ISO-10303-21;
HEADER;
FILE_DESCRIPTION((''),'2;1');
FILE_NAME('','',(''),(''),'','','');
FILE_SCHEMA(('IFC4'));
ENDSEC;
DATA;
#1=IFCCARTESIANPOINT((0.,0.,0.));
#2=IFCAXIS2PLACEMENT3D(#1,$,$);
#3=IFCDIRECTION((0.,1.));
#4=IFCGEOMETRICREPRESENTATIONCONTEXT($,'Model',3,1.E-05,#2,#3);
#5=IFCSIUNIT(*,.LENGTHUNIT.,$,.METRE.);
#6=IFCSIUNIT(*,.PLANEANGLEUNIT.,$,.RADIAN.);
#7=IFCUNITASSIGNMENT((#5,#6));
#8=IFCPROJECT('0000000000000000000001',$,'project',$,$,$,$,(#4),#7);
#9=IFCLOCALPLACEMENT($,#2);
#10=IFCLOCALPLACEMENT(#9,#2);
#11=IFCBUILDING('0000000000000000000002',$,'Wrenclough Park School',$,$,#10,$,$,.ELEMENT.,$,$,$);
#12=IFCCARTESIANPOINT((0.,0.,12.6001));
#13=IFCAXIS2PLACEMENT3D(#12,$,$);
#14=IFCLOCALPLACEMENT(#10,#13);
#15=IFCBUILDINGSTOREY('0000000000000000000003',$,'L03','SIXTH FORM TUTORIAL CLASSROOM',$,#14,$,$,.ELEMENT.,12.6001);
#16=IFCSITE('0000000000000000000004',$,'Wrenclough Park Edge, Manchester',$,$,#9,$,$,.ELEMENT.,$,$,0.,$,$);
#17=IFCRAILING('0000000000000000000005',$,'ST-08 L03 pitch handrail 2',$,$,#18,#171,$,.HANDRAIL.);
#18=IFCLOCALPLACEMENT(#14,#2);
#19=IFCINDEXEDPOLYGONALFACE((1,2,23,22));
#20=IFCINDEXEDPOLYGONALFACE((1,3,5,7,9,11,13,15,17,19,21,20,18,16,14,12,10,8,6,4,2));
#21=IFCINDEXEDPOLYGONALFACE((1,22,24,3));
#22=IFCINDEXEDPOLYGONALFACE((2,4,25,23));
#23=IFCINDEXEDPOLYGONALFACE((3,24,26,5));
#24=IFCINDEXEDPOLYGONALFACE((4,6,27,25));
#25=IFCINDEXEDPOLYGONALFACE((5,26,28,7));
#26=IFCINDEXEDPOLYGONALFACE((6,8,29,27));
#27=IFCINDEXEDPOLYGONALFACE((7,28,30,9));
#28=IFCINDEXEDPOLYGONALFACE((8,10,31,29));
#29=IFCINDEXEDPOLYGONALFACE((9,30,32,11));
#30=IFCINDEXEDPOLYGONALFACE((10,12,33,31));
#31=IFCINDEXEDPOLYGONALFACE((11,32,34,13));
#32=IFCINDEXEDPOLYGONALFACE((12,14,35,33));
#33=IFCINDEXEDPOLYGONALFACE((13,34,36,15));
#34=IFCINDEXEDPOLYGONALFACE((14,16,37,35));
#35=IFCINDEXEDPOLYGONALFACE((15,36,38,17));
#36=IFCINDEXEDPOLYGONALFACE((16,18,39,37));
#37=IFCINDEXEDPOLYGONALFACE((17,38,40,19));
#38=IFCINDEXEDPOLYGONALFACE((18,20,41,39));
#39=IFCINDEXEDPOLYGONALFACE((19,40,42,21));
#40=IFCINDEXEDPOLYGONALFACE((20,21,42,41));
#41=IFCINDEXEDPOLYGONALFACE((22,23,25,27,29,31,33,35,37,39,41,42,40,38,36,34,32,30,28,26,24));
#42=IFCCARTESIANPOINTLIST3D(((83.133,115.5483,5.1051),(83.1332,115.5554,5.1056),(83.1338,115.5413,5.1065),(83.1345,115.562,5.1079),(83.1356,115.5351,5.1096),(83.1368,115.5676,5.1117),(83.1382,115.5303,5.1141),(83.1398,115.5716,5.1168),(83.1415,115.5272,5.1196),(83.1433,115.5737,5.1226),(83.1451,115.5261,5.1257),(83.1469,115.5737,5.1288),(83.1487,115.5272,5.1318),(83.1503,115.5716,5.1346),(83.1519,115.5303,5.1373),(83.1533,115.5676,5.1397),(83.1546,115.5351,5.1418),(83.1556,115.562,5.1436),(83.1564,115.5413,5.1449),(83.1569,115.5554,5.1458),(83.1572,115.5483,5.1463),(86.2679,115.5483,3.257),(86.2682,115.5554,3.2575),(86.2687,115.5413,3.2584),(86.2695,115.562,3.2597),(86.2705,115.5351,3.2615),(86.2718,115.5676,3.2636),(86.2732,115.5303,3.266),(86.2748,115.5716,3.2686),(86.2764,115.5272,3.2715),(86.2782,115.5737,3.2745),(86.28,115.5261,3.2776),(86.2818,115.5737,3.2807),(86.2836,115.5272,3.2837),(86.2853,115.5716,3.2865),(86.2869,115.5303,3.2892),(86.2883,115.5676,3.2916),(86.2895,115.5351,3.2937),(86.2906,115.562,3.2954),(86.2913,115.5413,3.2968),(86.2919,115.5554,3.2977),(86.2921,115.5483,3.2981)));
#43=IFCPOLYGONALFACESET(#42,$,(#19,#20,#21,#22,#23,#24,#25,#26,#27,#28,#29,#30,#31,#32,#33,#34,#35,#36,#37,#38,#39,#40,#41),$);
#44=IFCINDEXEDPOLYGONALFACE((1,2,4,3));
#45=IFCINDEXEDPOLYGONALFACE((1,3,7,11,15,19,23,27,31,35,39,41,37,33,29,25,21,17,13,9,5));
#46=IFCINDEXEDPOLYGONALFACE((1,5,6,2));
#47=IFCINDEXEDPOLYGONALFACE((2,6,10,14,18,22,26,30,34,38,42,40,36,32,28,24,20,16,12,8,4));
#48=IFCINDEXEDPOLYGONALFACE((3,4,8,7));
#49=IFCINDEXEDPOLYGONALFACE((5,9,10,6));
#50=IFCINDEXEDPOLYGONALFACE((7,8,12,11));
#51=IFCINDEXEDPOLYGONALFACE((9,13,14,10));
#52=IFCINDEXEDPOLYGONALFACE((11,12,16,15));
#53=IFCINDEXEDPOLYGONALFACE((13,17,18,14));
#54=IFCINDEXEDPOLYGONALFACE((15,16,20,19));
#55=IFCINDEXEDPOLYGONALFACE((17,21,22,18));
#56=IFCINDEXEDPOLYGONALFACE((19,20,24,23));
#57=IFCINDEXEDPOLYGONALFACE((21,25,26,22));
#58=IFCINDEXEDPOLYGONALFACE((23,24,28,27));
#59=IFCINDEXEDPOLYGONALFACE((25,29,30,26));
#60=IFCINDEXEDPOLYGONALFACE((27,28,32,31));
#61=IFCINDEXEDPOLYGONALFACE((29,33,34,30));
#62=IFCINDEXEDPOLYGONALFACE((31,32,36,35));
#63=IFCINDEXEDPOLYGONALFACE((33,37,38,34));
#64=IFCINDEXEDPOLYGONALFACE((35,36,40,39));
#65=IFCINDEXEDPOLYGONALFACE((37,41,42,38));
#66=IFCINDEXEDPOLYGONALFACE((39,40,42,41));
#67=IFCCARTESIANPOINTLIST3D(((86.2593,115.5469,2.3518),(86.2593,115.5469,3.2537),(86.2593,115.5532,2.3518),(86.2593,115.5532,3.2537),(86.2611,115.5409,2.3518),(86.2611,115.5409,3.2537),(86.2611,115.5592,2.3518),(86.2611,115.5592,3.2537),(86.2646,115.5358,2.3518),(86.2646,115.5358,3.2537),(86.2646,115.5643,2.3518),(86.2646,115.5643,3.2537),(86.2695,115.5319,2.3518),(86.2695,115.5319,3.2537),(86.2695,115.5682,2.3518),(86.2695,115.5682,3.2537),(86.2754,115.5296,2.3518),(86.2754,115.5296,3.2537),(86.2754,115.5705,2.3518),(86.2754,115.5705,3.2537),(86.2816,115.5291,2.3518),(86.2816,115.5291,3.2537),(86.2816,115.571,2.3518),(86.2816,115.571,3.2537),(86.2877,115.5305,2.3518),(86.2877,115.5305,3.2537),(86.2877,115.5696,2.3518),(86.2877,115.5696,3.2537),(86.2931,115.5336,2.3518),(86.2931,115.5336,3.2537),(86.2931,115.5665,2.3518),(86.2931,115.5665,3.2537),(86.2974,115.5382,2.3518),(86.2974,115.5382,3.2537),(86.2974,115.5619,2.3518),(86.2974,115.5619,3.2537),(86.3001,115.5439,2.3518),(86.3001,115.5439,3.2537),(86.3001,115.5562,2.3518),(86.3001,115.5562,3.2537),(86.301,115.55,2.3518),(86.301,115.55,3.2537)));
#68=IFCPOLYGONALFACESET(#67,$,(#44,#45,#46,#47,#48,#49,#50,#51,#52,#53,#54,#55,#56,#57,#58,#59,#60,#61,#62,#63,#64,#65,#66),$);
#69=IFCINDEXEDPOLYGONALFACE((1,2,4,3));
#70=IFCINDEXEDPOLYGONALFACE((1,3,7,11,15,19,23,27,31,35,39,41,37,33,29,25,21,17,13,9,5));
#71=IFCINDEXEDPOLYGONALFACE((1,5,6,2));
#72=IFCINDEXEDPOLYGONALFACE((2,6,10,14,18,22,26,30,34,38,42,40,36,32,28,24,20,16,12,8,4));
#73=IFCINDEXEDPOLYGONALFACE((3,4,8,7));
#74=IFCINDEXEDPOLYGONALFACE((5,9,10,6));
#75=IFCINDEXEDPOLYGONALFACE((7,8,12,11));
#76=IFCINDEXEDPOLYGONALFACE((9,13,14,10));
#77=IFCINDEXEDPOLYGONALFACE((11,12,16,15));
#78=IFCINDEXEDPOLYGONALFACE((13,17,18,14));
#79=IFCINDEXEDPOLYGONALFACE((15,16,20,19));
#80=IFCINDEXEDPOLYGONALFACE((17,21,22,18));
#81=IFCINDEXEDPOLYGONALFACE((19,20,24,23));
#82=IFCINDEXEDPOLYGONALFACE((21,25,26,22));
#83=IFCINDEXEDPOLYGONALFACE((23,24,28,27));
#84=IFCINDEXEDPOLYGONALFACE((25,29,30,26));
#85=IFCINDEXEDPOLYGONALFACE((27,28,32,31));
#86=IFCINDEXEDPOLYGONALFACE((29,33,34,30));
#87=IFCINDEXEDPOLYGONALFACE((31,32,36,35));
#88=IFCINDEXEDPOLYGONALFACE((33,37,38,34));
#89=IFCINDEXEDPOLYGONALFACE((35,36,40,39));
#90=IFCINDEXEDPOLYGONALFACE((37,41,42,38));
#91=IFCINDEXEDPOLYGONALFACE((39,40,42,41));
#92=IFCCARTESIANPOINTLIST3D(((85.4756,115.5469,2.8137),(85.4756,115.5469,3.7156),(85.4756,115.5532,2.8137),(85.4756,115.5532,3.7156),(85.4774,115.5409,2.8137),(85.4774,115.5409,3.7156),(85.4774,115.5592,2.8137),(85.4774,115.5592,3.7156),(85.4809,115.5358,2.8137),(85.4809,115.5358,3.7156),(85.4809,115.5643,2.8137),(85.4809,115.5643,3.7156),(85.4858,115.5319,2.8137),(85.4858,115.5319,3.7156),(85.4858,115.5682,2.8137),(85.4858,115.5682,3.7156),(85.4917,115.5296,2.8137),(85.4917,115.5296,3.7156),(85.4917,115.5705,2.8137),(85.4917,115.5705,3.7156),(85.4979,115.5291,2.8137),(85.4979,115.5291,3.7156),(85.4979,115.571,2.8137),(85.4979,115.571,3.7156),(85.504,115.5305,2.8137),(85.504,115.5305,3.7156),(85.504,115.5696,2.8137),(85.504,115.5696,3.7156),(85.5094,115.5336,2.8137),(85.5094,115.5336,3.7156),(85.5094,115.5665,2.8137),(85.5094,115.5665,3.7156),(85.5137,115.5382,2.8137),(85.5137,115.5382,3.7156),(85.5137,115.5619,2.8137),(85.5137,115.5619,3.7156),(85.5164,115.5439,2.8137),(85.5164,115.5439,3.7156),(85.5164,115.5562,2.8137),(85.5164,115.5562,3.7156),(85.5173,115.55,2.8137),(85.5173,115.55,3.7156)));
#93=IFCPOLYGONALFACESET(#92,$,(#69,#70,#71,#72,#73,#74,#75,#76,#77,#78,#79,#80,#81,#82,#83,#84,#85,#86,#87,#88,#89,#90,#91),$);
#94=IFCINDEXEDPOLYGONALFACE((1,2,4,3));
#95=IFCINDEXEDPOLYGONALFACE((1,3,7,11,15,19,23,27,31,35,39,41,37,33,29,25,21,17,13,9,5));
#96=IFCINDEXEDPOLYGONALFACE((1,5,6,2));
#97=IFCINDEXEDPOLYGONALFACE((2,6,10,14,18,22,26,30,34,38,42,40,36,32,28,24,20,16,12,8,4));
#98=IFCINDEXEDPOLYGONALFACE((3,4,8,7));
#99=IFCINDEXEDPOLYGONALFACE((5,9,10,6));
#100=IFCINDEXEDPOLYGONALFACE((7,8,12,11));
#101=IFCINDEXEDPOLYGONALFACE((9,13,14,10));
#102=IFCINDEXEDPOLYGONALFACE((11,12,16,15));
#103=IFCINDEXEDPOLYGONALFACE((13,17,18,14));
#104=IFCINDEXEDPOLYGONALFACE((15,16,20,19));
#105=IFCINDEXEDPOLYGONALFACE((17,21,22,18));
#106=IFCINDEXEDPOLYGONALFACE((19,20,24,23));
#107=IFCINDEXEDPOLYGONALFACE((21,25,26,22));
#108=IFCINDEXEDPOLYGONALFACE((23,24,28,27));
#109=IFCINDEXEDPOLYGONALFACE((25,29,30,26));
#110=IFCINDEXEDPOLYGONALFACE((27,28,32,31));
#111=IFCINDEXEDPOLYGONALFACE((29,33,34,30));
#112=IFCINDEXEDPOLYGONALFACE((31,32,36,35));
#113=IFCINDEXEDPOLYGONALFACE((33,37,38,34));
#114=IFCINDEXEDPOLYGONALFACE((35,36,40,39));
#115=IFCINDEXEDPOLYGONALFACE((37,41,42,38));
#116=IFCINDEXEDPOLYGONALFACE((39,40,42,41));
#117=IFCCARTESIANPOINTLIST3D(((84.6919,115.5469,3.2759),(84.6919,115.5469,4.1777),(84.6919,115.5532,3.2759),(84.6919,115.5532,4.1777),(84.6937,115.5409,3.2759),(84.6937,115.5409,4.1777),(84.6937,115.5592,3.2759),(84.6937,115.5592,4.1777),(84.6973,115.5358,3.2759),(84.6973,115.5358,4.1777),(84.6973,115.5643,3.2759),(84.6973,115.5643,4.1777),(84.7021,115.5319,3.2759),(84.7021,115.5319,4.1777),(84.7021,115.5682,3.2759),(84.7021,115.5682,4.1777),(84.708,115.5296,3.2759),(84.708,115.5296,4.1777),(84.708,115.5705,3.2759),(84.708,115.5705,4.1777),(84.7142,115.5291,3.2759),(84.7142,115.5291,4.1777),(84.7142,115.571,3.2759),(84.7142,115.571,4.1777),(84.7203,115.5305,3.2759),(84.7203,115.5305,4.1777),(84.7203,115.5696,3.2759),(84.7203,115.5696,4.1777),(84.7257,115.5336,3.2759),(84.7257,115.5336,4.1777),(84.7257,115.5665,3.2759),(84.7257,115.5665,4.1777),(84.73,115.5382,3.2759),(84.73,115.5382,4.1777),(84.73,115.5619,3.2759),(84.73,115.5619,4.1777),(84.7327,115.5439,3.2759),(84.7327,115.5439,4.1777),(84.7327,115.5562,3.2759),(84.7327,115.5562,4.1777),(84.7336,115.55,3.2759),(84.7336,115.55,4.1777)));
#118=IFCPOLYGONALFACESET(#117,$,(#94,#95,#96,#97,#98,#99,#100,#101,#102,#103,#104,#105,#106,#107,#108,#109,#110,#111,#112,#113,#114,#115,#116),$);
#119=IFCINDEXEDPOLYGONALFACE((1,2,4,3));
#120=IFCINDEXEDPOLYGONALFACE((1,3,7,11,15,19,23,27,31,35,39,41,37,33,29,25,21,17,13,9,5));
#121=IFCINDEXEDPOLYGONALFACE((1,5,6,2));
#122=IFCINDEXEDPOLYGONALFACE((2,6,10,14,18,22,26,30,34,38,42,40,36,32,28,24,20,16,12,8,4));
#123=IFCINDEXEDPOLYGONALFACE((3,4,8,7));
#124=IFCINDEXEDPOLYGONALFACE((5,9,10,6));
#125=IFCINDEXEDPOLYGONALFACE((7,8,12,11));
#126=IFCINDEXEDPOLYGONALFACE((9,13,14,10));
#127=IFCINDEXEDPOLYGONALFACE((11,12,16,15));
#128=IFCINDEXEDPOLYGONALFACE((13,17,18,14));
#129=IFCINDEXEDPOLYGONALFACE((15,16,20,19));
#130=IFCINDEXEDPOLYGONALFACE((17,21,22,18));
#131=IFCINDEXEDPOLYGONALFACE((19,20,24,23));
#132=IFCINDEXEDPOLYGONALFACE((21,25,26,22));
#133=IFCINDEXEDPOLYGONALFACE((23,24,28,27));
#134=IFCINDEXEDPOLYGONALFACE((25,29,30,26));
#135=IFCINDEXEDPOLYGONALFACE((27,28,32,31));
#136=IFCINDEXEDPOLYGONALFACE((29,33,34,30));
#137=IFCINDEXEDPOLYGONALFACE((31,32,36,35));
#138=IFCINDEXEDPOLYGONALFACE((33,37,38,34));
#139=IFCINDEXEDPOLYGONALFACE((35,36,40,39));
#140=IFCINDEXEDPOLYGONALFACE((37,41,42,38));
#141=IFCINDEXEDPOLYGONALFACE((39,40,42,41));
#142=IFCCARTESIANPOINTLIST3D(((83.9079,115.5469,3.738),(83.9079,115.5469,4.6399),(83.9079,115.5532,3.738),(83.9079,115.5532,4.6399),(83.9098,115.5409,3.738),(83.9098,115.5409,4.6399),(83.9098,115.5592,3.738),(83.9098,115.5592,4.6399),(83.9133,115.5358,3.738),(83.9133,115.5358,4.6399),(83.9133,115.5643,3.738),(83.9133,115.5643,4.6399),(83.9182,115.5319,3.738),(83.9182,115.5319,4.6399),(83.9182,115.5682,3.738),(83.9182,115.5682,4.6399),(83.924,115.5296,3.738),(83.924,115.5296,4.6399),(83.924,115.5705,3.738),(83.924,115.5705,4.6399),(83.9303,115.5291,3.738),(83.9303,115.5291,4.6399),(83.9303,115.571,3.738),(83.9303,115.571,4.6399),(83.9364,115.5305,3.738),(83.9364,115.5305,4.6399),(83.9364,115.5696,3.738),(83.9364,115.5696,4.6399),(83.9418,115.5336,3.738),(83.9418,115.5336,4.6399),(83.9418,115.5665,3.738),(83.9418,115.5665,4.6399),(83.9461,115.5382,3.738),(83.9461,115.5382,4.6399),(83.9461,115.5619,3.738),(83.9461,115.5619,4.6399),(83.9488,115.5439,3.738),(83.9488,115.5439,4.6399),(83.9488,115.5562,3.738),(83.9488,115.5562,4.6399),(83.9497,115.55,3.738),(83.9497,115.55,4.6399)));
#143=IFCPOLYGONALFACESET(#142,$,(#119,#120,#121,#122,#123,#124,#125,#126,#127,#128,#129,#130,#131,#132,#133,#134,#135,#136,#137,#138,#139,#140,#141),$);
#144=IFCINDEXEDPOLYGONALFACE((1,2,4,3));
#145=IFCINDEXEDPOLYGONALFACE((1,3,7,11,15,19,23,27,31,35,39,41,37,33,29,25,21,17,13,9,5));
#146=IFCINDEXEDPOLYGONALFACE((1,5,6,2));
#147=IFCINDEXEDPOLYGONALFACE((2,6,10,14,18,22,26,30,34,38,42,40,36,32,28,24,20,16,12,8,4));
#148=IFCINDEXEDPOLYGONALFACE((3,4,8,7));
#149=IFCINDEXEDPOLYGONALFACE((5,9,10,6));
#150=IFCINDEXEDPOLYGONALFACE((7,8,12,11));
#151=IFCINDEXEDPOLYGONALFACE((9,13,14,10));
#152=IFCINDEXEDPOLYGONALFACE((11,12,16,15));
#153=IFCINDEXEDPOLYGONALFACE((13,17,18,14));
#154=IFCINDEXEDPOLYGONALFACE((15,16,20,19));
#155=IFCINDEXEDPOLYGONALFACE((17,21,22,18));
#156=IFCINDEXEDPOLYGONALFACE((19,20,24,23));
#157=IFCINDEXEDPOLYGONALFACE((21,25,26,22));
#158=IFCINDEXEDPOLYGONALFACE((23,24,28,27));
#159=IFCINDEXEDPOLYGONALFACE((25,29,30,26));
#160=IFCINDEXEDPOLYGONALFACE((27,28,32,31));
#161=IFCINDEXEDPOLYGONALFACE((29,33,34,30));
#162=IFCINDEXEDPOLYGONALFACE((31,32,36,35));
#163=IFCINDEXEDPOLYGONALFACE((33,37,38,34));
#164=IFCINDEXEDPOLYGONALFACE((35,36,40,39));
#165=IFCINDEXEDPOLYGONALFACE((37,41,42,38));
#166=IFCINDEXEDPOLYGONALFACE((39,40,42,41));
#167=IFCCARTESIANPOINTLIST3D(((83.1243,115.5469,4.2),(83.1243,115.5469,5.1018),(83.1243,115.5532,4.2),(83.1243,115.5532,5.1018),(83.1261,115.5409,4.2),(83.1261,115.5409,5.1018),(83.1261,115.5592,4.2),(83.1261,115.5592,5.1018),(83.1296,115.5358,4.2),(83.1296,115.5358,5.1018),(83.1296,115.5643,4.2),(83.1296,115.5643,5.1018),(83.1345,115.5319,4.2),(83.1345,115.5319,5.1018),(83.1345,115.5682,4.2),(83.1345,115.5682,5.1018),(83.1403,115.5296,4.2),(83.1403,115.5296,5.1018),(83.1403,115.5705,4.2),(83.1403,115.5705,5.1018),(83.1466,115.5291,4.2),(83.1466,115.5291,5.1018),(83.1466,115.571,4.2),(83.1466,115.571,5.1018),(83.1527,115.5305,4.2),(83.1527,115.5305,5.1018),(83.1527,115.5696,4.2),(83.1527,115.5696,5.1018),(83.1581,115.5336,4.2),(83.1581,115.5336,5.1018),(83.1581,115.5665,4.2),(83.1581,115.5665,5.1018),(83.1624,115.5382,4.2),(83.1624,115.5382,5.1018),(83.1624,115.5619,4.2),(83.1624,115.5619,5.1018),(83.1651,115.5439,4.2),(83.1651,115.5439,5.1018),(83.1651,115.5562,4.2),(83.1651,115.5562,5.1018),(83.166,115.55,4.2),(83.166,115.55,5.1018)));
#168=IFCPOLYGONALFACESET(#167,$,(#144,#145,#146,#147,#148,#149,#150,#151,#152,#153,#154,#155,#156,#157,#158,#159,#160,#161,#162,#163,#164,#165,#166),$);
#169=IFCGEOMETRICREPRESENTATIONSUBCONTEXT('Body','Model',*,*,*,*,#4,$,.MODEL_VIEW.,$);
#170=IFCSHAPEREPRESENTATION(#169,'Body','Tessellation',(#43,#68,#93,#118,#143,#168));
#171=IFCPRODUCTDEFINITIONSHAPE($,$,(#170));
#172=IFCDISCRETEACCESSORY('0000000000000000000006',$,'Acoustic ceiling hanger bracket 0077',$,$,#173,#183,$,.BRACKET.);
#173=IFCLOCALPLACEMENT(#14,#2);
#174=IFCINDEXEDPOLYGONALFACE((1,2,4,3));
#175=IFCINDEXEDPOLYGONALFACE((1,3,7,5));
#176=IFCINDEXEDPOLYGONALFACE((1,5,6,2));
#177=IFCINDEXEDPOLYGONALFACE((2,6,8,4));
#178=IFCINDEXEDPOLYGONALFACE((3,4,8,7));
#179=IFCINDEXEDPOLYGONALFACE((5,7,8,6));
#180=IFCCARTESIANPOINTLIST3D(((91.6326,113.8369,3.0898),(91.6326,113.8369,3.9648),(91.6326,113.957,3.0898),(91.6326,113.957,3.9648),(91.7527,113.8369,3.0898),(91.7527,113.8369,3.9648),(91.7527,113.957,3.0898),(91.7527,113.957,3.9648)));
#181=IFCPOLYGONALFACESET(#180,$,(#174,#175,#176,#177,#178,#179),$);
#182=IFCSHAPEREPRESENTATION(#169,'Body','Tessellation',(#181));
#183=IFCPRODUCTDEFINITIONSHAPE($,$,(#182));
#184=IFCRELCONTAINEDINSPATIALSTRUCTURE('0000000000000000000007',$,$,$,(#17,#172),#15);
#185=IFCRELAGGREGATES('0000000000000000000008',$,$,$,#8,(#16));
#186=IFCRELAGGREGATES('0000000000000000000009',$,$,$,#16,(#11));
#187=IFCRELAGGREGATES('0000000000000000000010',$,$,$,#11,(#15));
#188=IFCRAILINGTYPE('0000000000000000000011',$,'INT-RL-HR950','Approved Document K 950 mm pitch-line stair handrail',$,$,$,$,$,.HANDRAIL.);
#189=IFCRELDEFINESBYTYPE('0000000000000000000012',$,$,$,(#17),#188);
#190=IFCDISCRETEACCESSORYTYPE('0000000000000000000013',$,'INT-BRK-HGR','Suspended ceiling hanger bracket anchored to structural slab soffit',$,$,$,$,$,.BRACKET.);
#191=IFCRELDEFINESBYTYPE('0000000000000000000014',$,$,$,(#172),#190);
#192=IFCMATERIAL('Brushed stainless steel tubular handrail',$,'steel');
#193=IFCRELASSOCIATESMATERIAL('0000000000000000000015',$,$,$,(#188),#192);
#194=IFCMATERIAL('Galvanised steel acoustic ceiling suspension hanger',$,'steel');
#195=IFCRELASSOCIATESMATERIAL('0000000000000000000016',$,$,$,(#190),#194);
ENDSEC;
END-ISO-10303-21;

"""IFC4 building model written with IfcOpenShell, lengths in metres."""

from ifc_helpers import new_model, si_unit, direction, frame, origin, origin_2d, place, context, subcontext, project, spatial, rectangle, circle, extrude, material, type_object, element, save


model = new_model("IFC4")

# Units and contexts
model_context = context("Model", 3, precision=1e-05, world=origin(), true_north=direction((0.0, 1.0)))
body_context = subcontext(model_context, "Body", "Model", "MODEL_VIEW")
ifc_project = project(units=[si_unit("LENGTHUNIT", "METRE"), si_unit("PLANEANGLEUNIT", "RADIAN")], contexts=[model_context])

# Site, building, storey
site_placement = place(None, origin())
site = spatial("IfcSite", under=ifc_project, at=site_placement, Name="Wrenclough Park Edge, Manchester", CompositionType="ELEMENT", RefElevation=0.0)
building_placement = place(site_placement, origin())
building = spatial("IfcBuilding", under=site, at=building_placement, Name="Wrenclough Park School", CompositionType="ELEMENT")
storey_placement = place(building_placement, frame((0.0, 0.0, 12.6001)))
storey = spatial("IfcBuildingStorey", under=building, at=storey_placement, Name="L03", Description="SIXTH FORM TUTORIAL CLASSROOM", CompositionType="ELEMENT", Elevation=12.6001)

# Railing
ifc_material_1 = material(Name="Brushed stainless steel tubular handrail", Category="steel")
railing_type_1 = type_object("IfcRailingType", Name="INT-RL-HR950", Description="Approved Document K 950 mm pitch-line stair handrail", PredefinedType="HANDRAIL", material=ifc_material_1)
railing_1_placement = place(storey_placement, frame((86.28, 115.55, 2.3518)))
element("IfcRailing", 1, at=railing_1_placement, inside=storey, type_object=railing_type_1, Name="ST-08 L03 pitch handrail 2", PredefinedType="HANDRAIL", context=body_context, shape_type="SweptSolid", body=[
    extrude(circle(Radius=0.0239, at=origin_2d()), frame((0.0, 0.0, 0.9258), z_axis=(-0.861451, 0.0, 0.507841), x_axis=(0.0, -1.0, 0.0)), (0.0, 0.0, 1.0), 3.6392),
    extrude(circle(Radius=0.021, at=origin_2d()), origin(), (0.0, 0.0, 1.0), 0.9019),
    extrude(circle(Radius=0.021, at=origin_2d()), frame((-0.7837, 0.0, 0.4619)), (0.0, 0.0, 1.0), 0.9019),
    extrude(circle(Radius=0.021, at=origin_2d()), frame((-1.5674, 0.0, 0.9241)), (0.0, 0.0, 1.0), 0.9019),
    extrude(circle(Radius=0.021, at=origin_2d()), frame((-2.3513, 0.0, 1.3862)), (0.0, 0.0, 1.0), 0.9019),
    extrude(circle(Radius=0.021, at=origin_2d()), frame((-3.135, 0.0, 1.8481)), (0.0, 0.0, 1.0), 0.9019),
])

# Discrete accessory
ifc_material_2 = material(Name="Galvanised steel acoustic ceiling suspension hanger", Category="steel")
discrete_accessory_type = type_object("IfcDiscreteAccessoryType", Name="INT-BRK-HGR", Description="Suspended ceiling hanger bracket anchored to structural slab soffit", PredefinedType="BRACKET", material=ifc_material_2)
discrete_accessory_placement = place(storey_placement, frame((91.6926, 113.897, 3.0898), z_axis=(0.0, 0.0, 1.0), x_axis=(1.0, 0.0, 0.0)))
element("IfcDiscreteAccessory", 2, at=discrete_accessory_placement, inside=storey, type_object=discrete_accessory_type, Name="Acoustic ceiling hanger bracket 0077", PredefinedType="BRACKET", context=body_context, shape_type="SweptSolid", body=[
    extrude(rectangle(XDim=0.1201, YDim=0.1201, at=origin_2d()), origin(), (0.0, 0.0, 1.0), 0.875),
])

save(model, "model.ifc")
